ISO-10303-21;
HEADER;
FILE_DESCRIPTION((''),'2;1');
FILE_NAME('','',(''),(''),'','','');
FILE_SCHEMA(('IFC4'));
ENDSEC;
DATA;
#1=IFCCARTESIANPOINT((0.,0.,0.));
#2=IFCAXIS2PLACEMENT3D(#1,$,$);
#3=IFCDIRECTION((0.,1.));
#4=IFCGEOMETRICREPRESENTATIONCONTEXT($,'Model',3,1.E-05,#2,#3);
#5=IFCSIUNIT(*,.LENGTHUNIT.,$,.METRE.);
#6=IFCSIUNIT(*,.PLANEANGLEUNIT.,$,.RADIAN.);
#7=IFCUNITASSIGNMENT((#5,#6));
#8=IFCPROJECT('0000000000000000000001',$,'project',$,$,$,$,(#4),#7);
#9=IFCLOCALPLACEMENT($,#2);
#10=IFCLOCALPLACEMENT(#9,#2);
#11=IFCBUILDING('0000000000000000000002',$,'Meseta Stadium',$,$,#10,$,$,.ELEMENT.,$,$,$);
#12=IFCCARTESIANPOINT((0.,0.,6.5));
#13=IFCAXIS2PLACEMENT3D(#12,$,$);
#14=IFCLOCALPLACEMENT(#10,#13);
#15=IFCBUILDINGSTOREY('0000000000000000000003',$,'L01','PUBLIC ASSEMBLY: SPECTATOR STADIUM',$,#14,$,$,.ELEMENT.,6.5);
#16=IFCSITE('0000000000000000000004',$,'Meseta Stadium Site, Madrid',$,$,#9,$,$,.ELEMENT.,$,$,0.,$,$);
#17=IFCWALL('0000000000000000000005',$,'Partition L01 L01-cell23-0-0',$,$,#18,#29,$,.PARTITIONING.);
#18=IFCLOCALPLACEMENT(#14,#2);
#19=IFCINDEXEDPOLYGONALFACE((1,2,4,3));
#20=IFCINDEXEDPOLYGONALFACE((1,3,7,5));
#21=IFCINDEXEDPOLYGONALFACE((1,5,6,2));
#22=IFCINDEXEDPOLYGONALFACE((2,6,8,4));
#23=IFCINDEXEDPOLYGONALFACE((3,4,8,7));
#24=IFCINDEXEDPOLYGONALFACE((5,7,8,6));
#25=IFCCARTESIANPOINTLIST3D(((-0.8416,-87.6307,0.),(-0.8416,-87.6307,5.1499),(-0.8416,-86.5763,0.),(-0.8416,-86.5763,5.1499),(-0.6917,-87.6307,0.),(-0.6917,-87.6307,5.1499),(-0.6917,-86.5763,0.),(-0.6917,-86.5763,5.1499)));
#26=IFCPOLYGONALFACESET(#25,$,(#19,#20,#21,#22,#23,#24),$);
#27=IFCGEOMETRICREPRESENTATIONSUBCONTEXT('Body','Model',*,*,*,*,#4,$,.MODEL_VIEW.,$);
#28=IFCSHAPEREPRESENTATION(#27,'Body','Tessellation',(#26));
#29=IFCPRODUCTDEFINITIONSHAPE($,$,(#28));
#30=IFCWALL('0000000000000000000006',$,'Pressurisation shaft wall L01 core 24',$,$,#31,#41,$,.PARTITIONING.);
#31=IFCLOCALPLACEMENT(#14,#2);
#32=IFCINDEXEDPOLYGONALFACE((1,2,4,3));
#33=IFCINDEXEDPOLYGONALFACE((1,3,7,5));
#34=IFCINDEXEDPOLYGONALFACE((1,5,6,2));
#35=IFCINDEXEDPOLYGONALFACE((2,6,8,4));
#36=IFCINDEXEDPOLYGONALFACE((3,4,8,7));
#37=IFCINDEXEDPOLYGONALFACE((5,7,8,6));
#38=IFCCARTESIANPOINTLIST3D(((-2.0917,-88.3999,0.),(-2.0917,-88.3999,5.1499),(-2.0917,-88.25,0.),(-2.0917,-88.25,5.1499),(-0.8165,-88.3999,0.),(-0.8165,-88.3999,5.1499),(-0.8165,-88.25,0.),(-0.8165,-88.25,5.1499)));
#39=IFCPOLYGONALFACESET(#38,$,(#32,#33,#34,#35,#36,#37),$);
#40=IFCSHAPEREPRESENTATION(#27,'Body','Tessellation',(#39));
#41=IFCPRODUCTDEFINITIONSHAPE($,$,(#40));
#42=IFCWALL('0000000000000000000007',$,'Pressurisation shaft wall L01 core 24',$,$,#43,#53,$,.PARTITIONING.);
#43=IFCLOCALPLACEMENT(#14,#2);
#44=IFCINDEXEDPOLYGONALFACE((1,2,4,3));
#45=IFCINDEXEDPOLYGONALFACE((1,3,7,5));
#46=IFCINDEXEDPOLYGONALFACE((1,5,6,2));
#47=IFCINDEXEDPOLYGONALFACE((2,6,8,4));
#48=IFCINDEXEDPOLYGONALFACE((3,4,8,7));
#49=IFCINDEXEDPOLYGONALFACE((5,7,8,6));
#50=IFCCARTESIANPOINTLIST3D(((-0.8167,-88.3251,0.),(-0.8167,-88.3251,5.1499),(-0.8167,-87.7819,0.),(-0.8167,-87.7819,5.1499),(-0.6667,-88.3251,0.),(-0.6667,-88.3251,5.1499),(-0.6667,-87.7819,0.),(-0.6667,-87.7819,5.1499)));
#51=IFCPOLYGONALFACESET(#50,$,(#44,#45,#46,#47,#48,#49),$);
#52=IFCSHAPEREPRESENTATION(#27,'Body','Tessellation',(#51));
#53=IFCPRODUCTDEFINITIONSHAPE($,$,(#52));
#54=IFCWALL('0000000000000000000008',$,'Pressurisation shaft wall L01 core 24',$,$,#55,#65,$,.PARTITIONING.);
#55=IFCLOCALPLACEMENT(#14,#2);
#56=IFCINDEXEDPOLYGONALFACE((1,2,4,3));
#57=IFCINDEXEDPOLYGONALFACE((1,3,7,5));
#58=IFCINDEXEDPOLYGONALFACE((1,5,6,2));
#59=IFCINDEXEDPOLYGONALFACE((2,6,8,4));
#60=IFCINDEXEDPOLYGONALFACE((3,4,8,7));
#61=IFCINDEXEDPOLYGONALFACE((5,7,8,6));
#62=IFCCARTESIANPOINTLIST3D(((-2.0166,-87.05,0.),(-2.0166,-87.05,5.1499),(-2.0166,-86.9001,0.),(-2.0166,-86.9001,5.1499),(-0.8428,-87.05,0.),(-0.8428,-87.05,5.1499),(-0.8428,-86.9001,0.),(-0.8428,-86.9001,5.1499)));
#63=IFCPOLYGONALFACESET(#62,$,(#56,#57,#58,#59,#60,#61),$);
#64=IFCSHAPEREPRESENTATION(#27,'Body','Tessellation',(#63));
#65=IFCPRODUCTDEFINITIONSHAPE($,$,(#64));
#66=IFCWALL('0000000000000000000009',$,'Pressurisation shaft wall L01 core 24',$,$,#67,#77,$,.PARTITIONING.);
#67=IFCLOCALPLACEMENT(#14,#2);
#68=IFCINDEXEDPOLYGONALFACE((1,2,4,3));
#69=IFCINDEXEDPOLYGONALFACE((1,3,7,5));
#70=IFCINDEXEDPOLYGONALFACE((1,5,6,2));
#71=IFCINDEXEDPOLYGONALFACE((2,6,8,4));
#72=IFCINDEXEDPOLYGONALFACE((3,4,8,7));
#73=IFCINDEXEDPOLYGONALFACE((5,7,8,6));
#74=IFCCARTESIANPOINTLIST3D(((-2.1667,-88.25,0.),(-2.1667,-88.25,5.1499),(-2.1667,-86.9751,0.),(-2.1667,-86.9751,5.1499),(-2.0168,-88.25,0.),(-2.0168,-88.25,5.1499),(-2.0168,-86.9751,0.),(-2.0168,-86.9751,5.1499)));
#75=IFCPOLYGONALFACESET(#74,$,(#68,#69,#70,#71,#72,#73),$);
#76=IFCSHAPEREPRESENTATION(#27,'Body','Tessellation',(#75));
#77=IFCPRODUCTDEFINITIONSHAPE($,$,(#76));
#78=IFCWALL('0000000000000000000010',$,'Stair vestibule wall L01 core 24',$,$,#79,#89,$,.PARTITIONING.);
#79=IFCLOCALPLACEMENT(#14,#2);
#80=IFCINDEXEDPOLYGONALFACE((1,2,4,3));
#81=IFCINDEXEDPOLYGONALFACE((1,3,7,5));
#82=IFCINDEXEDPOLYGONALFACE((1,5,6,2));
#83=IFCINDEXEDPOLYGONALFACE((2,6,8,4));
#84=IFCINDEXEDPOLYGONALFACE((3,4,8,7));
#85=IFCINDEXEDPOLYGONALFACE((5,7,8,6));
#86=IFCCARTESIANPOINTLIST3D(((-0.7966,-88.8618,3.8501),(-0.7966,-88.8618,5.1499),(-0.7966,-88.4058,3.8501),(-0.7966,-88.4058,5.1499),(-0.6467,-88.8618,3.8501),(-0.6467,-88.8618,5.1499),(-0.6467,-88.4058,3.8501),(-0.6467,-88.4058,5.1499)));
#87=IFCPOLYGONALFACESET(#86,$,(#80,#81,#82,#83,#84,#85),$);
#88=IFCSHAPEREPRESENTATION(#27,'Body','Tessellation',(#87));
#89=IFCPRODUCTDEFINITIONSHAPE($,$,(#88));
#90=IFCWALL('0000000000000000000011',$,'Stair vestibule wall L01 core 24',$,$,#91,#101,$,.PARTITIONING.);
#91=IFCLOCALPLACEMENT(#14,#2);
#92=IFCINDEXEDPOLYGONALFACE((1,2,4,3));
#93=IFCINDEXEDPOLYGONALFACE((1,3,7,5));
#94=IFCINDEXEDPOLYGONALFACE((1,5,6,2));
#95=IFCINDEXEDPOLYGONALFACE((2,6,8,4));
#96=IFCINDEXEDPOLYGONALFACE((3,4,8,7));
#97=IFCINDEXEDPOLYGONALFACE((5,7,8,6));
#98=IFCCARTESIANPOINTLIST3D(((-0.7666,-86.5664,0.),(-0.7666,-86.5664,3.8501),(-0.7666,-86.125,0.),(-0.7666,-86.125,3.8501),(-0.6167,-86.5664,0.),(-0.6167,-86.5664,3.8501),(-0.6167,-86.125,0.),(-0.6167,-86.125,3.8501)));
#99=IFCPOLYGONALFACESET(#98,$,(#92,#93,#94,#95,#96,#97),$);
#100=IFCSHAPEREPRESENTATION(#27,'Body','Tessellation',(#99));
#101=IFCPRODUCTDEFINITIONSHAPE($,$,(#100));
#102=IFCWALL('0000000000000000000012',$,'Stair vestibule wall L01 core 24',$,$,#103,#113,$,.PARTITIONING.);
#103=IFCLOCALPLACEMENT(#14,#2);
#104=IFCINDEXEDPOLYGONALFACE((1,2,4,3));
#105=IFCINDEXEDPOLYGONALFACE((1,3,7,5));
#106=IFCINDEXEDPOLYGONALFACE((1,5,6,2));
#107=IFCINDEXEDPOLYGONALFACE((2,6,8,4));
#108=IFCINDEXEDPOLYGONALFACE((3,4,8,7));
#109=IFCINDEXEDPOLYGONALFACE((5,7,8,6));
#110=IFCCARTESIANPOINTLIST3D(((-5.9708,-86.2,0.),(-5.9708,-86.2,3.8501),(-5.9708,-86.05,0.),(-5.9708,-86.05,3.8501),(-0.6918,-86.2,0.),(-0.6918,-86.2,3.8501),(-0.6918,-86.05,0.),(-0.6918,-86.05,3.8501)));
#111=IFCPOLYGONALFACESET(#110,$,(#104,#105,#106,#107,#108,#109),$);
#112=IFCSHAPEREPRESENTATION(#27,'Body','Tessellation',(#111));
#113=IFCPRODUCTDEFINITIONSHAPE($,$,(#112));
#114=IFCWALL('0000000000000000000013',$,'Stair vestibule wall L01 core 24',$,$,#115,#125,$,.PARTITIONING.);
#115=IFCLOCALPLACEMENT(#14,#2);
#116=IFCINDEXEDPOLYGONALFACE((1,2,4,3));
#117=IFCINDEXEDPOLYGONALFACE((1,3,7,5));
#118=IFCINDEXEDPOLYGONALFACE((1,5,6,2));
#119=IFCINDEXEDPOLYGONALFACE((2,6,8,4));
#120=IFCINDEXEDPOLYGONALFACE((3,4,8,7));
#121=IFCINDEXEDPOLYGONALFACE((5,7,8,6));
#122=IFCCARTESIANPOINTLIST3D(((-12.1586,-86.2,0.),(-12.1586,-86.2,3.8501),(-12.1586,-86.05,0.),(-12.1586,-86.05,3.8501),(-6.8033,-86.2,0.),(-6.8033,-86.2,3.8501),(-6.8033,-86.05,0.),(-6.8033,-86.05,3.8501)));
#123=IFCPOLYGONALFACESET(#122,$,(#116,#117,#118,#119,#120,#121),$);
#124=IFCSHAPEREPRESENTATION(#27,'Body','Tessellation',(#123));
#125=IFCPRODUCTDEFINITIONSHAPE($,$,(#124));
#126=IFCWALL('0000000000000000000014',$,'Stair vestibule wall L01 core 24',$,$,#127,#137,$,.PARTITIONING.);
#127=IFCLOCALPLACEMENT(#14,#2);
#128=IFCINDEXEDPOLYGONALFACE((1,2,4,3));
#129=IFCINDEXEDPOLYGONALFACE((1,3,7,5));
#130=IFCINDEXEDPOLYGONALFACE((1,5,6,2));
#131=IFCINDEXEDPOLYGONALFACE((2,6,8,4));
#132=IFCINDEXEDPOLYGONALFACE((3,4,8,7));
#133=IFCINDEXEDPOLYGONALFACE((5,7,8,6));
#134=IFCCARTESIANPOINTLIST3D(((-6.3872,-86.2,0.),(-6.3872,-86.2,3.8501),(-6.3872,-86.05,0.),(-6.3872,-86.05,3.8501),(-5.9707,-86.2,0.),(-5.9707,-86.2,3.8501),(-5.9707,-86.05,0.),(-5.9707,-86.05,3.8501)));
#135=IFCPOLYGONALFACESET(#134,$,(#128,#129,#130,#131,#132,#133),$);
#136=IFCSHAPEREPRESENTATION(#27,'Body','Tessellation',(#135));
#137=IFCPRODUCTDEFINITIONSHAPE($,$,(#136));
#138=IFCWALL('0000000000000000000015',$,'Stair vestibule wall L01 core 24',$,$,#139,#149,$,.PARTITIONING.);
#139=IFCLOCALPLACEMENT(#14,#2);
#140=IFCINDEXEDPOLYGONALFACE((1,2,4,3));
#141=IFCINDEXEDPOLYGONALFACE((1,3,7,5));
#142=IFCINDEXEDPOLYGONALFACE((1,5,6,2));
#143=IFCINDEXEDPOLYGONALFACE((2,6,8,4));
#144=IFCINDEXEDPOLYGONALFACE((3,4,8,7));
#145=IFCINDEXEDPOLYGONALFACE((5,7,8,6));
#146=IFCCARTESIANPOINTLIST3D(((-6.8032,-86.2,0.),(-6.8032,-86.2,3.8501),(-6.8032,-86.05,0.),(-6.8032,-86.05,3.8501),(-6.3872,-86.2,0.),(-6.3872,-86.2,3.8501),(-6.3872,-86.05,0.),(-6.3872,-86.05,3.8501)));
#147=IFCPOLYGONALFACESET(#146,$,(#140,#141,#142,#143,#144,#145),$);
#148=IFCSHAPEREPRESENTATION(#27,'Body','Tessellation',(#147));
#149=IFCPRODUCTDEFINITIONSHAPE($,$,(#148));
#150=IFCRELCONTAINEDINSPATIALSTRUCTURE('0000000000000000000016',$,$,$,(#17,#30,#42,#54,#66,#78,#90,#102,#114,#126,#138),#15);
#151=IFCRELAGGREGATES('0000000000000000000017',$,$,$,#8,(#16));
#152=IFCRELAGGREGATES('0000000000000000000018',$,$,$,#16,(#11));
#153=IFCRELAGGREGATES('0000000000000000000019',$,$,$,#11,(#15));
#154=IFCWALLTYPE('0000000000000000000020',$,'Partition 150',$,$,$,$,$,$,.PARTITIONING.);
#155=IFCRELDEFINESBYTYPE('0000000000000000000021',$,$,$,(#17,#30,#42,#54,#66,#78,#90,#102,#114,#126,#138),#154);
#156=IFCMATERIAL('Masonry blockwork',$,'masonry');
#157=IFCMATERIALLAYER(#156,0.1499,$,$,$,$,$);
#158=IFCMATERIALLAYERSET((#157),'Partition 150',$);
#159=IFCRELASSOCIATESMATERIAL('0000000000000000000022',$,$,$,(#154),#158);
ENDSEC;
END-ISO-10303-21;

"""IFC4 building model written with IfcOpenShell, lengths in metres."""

from ifc_helpers import new_model, si_unit, direction, frame, frame_2d, origin, place, context, subcontext, project, spatial, rectangle, extrude, material, layer, layer_set, type_object, element, save


model = new_model("IFC4")

# Units and contexts
model_context = context("Model", 3, precision=1e-05, world=origin(), true_north=direction((0.0, 1.0)))
body_context = subcontext(model_context, "Body", "Model", "MODEL_VIEW")
ifc_project = project(units=[si_unit("LENGTHUNIT", "METRE"), si_unit("PLANEANGLEUNIT", "RADIAN")], contexts=[model_context])

# Site, building, storey
site_placement = place(None, origin())
site = spatial("IfcSite", under=ifc_project, at=site_placement, Name="Meseta Stadium Site, Madrid", CompositionType="ELEMENT", RefElevation=0.0)
building_placement = place(site_placement, origin())
building = spatial("IfcBuilding", under=site, at=building_placement, Name="Meseta Stadium", CompositionType="ELEMENT")
storey_placement = place(building_placement, frame((0.0, 0.0, 6.5)))
storey = spatial("IfcBuildingStorey", under=building, at=storey_placement, Name="L01", Description="PUBLIC ASSEMBLY: SPECTATOR STADIUM", CompositionType="ELEMENT", Elevation=6.5)

# Walls
ifc_material_1 = material(Name="Masonry blockwork", Category="masonry")
ifc_layer_1 = layer(ifc_material_1, 0.1499)
ifc_layer_set_1 = layer_set([ifc_layer_1], Name="Partition 150")
wall_type_1 = type_object("IfcWallType", Name="Partition 150", PredefinedType="PARTITIONING", material=ifc_layer_set_1)
wall_1_placement = place(storey_placement, frame((-0.7666, -87.6309, 0.0), z_axis=(0.0, 0.0, 1.0), x_axis=(0.0, 1.0, 0.0)))
element("IfcWall", 1, at=wall_1_placement, inside=storey, type_object=wall_type_1, Name="Partition L01 L01-cell23-0-0", PredefinedType="PARTITIONING", context=body_context, shape_type="SweptSolid", body=[
    extrude(rectangle(XDim=1.0544, YDim=0.1499, at=frame_2d((0.5273, 0.0))), origin(), (0.0, 0.0, 1.0), 5.1499),
])
wall_2_placement = place(storey_placement, frame((-2.0918, -88.325, 0.0), z_axis=(0.0, 0.0, 1.0), x_axis=(1.0, 0.0, 0.0)))
element("IfcWall", 2, at=wall_2_placement, inside=storey, type_object=wall_type_1, Name="Pressurisation shaft wall L01 core 24", PredefinedType="PARTITIONING", context=body_context, shape_type="SweptSolid", body=[
    extrude(rectangle(XDim=1.2751, YDim=0.1499, at=frame_2d((0.6377, 0.0))), origin(), (0.0, 0.0, 1.0), 5.1499),
])
wall_3_placement = place(storey_placement, frame((-0.7417, -88.325, 0.0), z_axis=(0.0, 0.0, 1.0), x_axis=(0.0, 1.0, 0.0)))
element("IfcWall", 3, at=wall_3_placement, inside=storey, type_object=wall_type_1, Name="Pressurisation shaft wall L01 core 24", PredefinedType="PARTITIONING", context=body_context, shape_type="SweptSolid", body=[
    extrude(rectangle(XDim=0.5432, YDim=0.1499, at=frame_2d((0.2715, 0.0))), origin(), (0.0, 0.0, 1.0), 5.1499),
])
wall_4_placement = place(storey_placement, frame((-0.8428, -86.9751, 0.0), z_axis=(0.0, 0.0, 1.0), x_axis=(-1.0, 0.0, 0.0)))
element("IfcWall", 4, at=wall_4_placement, inside=storey, type_object=wall_type_1, Name="Pressurisation shaft wall L01 core 24", PredefinedType="PARTITIONING", context=body_context, shape_type="SweptSolid", body=[
    extrude(rectangle(XDim=1.1738, YDim=0.1499, at=frame_2d((0.5869, 0.0))), origin(), (0.0, 0.0, 1.0), 5.1499),
])
wall_5_placement = place(storey_placement, frame((-2.0918, -86.9751, 0.0), z_axis=(0.0, 0.0, 1.0), x_axis=(0.0, -1.0, 0.0)))
element("IfcWall", 5, at=wall_5_placement, inside=storey, type_object=wall_type_1, Name="Pressurisation shaft wall L01 core 24", PredefinedType="PARTITIONING", context=body_context, shape_type="SweptSolid", body=[
    extrude(rectangle(XDim=1.2749, YDim=0.1499, at=frame_2d((0.6375, 0.0))), origin(), (0.0, 0.0, 1.0), 5.1499),
])
wall_6_placement = place(storey_placement, frame((-0.7217, -88.8618, 3.8501), z_axis=(0.0, 0.0, 1.0), x_axis=(0.0, 1.0, 0.0)))
element("IfcWall", 6, at=wall_6_placement, inside=storey, type_object=wall_type_1, Name="Stair vestibule wall L01 core 24", PredefinedType="PARTITIONING", context=body_context, shape_type="SweptSolid", body=[
    extrude(rectangle(XDim=0.4561, YDim=0.1499, at=frame_2d((0.228, 0.0))), origin(), (0.0, 0.0, 1.0), 1.2998),
])
wall_7_placement = place(storey_placement, frame((-0.6917, -86.5664, 0.0), z_axis=(0.0, 0.0, 1.0), x_axis=(0.0, 1.0, 0.0)))
element("IfcWall", 7, at=wall_7_placement, inside=storey, type_object=wall_type_1, Name="Stair vestibule wall L01 core 24", PredefinedType="PARTITIONING", context=body_context, shape_type="SweptSolid", body=[
    extrude(rectangle(XDim=0.4414, YDim=0.1499, at=frame_2d((0.2207, 0.0))), origin(), (0.0, 0.0, 1.0), 3.8501),
])
wall_8_placement = place(storey_placement, frame((-0.6917, -86.125, 0.0), z_axis=(0.0, 0.0, 1.0), x_axis=(-1.0, 0.0, 0.0)))
element("IfcWall", 8, at=wall_8_placement, inside=storey, type_object=wall_type_1, Name="Stair vestibule wall L01 core 24", PredefinedType="PARTITIONING", context=body_context, shape_type="SweptSolid", body=[
    extrude(rectangle(XDim=5.2791, YDim=0.1499, at=frame_2d((2.6396, 0.0))), origin(), (0.0, 0.0, 1.0), 3.8501),
])
wall_9_placement = place(storey_placement, frame((-6.8032, -86.125, 0.0), z_axis=(0.0, 0.0, 1.0), x_axis=(-1.0, 0.0, 0.0)))
element("IfcWall", 9, at=wall_9_placement, inside=storey, type_object=wall_type_1, Name="Stair vestibule wall L01 core 24", PredefinedType="PARTITIONING", context=body_context, shape_type="SweptSolid", body=[
    extrude(rectangle(XDim=5.3552, YDim=0.1499, at=frame_2d((2.6777, 0.0))), origin(), (0.0, 0.0, 1.0), 3.8501),
])
wall_10_placement = place(storey_placement, frame((-5.9707, -86.125, 0.0), z_axis=(0.0, 0.0, 1.0), x_axis=(-1.0, 0.0, 0.0)))
element("IfcWall", 10, at=wall_10_placement, inside=storey, type_object=wall_type_1, Name="Stair vestibule wall L01 core 24", PredefinedType="PARTITIONING", context=body_context, shape_type="SweptSolid", body=[
    extrude(rectangle(XDim=0.4165, YDim=0.1499, at=frame_2d((0.2083, 0.0))), origin(), (0.0, 0.0, 1.0), 3.8501),
])
wall_11_placement = place(storey_placement, frame((-6.3872, -86.125, 0.0), z_axis=(0.0, 0.0, 1.0), x_axis=(-1.0, 0.0, 0.0)))
element("IfcWall", 11, at=wall_11_placement, inside=storey, type_object=wall_type_1, Name="Stair vestibule wall L01 core 24", PredefinedType="PARTITIONING", context=body_context, shape_type="SweptSolid", body=[
    extrude(rectangle(XDim=0.416, YDim=0.1499, at=frame_2d((0.208, 0.0))), origin(), (0.0, 0.0, 1.0), 3.8501),
])

save(model, "model.ifc")
